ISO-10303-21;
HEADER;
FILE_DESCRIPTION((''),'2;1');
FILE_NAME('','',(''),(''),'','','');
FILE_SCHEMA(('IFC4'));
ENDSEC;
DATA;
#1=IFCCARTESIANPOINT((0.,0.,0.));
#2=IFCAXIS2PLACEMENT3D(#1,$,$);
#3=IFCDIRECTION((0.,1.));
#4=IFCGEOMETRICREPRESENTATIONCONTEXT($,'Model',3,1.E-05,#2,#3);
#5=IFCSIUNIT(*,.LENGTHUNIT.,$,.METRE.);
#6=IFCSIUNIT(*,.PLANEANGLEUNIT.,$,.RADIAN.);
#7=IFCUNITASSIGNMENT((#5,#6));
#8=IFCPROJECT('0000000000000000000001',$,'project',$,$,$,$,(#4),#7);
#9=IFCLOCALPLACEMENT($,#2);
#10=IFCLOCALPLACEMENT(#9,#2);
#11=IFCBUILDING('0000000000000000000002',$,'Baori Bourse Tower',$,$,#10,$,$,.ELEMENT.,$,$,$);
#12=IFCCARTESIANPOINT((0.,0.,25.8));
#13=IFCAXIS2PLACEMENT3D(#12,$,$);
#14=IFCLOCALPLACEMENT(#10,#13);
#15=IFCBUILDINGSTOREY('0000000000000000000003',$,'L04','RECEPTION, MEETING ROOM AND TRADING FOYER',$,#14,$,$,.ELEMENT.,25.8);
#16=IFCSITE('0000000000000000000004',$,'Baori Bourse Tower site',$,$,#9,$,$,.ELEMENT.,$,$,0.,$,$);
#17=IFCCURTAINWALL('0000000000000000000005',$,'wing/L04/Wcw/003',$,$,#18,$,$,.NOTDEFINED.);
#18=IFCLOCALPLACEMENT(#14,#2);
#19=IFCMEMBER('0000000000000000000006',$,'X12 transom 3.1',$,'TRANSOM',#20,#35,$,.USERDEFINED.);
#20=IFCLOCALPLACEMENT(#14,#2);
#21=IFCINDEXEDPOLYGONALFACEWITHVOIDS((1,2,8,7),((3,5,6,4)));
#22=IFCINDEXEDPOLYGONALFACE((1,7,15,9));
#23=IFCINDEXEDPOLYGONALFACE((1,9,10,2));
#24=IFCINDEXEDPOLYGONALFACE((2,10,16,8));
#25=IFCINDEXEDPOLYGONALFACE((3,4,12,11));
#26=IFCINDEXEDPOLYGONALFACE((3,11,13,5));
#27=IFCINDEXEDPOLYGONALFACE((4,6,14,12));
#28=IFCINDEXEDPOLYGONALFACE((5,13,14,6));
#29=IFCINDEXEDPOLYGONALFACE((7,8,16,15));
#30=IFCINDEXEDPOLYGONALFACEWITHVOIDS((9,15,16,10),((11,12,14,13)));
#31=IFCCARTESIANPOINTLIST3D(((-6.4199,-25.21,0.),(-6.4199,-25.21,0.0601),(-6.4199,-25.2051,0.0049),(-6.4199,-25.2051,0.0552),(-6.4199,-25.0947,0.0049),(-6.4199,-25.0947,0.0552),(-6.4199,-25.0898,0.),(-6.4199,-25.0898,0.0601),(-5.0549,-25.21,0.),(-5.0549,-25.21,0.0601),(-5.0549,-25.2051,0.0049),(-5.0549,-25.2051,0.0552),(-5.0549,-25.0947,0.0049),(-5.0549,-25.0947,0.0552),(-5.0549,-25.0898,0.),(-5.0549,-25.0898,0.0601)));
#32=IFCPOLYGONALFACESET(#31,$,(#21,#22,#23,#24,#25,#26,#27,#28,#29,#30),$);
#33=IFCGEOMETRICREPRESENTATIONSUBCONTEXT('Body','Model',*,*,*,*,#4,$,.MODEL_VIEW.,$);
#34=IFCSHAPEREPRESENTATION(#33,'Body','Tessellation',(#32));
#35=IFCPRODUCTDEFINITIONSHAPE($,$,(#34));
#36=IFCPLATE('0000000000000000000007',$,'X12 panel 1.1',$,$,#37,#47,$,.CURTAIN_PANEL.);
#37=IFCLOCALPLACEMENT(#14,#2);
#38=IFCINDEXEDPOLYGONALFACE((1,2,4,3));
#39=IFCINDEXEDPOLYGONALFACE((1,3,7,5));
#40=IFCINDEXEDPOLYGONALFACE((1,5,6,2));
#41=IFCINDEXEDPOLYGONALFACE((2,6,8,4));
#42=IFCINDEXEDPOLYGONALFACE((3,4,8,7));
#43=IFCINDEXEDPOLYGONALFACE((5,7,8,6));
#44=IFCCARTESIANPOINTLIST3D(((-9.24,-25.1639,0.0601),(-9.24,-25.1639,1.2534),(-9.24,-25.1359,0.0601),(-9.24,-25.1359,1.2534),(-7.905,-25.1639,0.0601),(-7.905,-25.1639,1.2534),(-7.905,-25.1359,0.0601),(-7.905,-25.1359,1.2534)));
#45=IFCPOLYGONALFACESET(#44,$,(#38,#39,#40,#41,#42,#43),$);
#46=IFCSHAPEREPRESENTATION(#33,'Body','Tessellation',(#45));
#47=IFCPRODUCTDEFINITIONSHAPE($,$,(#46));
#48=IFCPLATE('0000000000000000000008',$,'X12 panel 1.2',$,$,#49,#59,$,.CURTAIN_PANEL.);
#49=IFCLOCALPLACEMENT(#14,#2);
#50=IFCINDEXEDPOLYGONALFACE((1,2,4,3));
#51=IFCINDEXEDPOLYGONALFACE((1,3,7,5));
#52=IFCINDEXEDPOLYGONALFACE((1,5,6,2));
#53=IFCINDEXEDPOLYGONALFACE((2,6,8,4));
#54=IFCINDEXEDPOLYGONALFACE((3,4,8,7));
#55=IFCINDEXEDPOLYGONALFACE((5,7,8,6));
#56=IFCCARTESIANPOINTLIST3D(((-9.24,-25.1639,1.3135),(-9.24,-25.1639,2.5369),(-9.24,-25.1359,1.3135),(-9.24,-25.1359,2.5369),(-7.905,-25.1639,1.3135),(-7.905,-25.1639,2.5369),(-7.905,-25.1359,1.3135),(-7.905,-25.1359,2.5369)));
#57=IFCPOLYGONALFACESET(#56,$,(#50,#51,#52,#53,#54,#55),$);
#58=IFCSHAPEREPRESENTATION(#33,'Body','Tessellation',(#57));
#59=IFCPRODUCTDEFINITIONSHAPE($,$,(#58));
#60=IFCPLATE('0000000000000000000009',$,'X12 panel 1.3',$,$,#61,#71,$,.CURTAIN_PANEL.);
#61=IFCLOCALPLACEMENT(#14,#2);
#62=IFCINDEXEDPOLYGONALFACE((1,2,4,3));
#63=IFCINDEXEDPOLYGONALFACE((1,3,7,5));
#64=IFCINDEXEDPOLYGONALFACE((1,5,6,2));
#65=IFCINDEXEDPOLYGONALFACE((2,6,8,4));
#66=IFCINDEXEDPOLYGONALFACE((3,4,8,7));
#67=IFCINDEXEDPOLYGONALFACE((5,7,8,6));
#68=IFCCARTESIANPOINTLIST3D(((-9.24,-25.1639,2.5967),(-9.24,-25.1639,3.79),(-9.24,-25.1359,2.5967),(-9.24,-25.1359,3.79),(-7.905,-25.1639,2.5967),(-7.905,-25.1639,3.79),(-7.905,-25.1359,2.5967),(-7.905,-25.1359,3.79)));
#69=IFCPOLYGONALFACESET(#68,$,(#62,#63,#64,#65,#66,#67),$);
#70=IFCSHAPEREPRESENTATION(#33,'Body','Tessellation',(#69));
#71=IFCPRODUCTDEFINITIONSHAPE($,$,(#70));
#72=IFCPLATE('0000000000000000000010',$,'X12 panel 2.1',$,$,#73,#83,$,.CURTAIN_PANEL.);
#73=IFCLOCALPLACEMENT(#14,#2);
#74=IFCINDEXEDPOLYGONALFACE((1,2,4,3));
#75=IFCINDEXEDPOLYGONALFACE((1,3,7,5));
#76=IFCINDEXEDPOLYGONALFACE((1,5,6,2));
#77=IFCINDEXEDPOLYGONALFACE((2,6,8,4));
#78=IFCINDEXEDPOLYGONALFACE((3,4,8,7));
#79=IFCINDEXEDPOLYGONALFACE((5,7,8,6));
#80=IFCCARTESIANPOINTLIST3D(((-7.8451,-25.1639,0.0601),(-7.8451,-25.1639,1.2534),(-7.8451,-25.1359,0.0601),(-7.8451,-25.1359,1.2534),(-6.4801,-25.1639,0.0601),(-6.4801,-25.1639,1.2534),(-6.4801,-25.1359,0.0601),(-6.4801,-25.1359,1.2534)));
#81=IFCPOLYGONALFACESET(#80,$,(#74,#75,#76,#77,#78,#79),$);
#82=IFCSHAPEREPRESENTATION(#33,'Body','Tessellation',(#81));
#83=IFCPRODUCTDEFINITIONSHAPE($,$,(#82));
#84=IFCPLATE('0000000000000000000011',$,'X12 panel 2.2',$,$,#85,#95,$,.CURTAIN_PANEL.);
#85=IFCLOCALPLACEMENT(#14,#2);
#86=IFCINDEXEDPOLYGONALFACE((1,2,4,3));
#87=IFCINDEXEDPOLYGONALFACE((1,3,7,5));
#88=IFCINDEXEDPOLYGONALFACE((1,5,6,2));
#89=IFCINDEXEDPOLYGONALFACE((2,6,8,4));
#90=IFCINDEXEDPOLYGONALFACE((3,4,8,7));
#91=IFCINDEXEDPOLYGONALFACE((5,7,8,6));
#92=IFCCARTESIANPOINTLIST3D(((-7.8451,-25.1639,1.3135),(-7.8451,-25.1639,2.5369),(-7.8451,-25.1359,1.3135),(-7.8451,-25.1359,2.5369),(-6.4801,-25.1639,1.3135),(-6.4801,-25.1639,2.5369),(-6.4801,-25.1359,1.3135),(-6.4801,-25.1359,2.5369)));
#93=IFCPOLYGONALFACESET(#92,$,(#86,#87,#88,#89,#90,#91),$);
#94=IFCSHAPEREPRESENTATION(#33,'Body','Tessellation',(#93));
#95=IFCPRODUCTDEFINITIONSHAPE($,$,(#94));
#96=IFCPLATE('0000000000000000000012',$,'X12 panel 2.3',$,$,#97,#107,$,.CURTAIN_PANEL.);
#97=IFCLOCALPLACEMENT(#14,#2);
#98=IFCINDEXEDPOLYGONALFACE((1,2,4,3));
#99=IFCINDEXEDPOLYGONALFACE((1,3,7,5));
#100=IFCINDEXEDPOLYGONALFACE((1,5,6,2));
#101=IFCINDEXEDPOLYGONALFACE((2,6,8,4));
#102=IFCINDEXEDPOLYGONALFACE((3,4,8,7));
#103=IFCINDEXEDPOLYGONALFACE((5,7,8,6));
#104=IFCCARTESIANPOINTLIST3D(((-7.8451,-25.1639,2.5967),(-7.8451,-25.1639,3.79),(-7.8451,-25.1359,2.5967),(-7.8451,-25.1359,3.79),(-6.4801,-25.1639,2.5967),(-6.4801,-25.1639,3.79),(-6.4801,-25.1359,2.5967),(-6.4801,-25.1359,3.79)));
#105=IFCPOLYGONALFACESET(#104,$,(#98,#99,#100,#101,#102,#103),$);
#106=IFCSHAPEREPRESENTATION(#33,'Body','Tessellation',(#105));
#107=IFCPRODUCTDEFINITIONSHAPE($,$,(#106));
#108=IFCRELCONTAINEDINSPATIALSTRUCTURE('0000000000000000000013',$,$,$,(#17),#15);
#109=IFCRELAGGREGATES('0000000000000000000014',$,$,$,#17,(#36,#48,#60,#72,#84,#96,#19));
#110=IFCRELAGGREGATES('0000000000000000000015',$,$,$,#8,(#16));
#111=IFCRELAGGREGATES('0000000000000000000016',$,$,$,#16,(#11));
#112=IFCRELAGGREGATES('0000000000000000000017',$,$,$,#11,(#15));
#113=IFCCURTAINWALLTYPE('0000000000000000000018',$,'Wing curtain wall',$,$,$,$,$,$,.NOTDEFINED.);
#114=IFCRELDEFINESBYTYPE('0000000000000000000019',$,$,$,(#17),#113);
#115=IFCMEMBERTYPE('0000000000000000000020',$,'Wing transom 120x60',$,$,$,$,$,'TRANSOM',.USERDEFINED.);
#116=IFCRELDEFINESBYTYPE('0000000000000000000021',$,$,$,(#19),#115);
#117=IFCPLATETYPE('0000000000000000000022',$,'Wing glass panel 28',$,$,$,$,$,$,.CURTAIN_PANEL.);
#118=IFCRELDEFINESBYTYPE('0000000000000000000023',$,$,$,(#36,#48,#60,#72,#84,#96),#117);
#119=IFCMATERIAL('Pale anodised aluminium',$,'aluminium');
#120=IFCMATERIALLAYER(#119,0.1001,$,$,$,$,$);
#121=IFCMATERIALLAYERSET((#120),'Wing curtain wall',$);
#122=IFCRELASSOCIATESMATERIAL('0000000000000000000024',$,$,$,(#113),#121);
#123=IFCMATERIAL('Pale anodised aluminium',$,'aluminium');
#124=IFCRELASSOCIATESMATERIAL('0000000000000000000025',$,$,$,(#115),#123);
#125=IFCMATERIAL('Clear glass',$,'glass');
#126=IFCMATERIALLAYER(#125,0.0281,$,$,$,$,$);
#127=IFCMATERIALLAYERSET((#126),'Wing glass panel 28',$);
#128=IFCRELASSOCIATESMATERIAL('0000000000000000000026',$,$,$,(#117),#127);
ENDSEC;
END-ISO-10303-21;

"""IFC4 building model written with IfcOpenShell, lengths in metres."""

from ifc_helpers import new_model, si_unit, direction, frame, origin, origin_2d, place, context, subcontext, project, spatial, rectangle, hollow_rectangle, extrude, material, layer, layer_set, material_profile, profile_set, type_object, element, aggregate, save


model = new_model("IFC4")

# Units and contexts
model_context = context("Model", 3, precision=1e-05, world=origin(), true_north=direction((0.0, 1.0)))
body_context = subcontext(model_context, "Body", "Model", "MODEL_VIEW")
ifc_project = project(units=[si_unit("LENGTHUNIT", "METRE"), si_unit("PLANEANGLEUNIT", "RADIAN")], contexts=[model_context])

# Site, building, storey
site_placement = place(None, origin())
site = spatial("IfcSite", under=ifc_project, at=site_placement, Name="Baori Bourse Tower site", CompositionType="ELEMENT", RefElevation=0.0)
building_placement = place(site_placement, origin())
building = spatial("IfcBuilding", under=site, at=building_placement, Name="Baori Bourse Tower", CompositionType="ELEMENT")
storey_placement = place(building_placement, frame((0.0, 0.0, 25.8)))
storey = spatial("IfcBuildingStorey", under=building, at=storey_placement, Name="L04", Description="RECEPTION, MEETING ROOM AND TRADING FOYER", CompositionType="ELEMENT", Elevation=25.8)

# Curtain wall, member, plates
ifc_material_1 = material(Name="Pale anodised aluminium", Category="aluminium")
ifc_layer_1 = layer(ifc_material_1, 0.1001)
ifc_layer_set_1 = layer_set([ifc_layer_1], Name="Wing curtain wall")
curtain_wall_type = type_object("IfcCurtainWallType", Name="Wing curtain wall", PredefinedType="NOTDEFINED", material=ifc_layer_set_1)
curtain_wall_placement = place(storey_placement, origin())
curtain_wall = element("IfcCurtainWall", 1, at=curtain_wall_placement, inside=storey, type_object=curtain_wall_type, Name="wing/L04/Wcw/003", PredefinedType="NOTDEFINED")
ifc_material_2 = material(Name="Pale anodised aluminium", Category="aluminium")
ifc_material_profile_1 = material_profile(ifc_material_2, hollow_rectangle(XDim=0.1201, YDim=0.0601, WallThickness=0.0049, at=origin_2d()), Name="Transom 120x60x5")
ifc_profile_set_1 = profile_set([ifc_material_profile_1], Name="Pale anodised aluminium")
member_type_1 = type_object("IfcMemberType", Name="Wing transom 120x60", ElementType="TRANSOM", PredefinedType="USERDEFINED", material=ifc_profile_set_1)
member_1_placement = place(storey_placement, frame((-6.4199, -25.1499, 0.03), z_axis=(1.0, 0.0, 0.0), x_axis=(0.0, 1.0, 0.0)))
member_1 = element("IfcMember", 2, at=member_1_placement, type_object=member_type_1, Name="X12 transom 3.1", ObjectType="TRANSOM", PredefinedType="USERDEFINED", context=body_context, shape_type="SweptSolid", body=[
    extrude(hollow_rectangle(XDim=0.1201, YDim=0.0601, WallThickness=0.0049, at=origin_2d()), origin(), (0.0, 0.0, 1.0), 1.365),
])
ifc_material_3 = material(Name="Clear glass", Category="glass")
ifc_layer_2 = layer(ifc_material_3, 0.0281)
ifc_layer_set_2 = layer_set([ifc_layer_2], Name="Wing glass panel 28")
plate_type = type_object("IfcPlateType", Name="Wing glass panel 28", PredefinedType="CURTAIN_PANEL", material=ifc_layer_set_2)
plate_1_placement = place(storey_placement, frame((-8.5725, -25.1499, 0.0601), z_axis=(0.0, 0.0, 1.0), x_axis=(1.0, 0.0, 0.0)))
plate_1 = element("IfcPlate", 3, at=plate_1_placement, type_object=plate_type, Name="X12 panel 1.1", PredefinedType="CURTAIN_PANEL", context=body_context, shape_type="SweptSolid", body=[
    extrude(rectangle(XDim=1.335, YDim=0.0281, at=origin_2d()), origin(), (0.0, 0.0, 1.0), 1.1934),
])
plate_2_placement = place(storey_placement, frame((-8.5725, -25.1499, 1.3135), z_axis=(0.0, 0.0, 1.0), x_axis=(1.0, 0.0, 0.0)))
plate_2 = element("IfcPlate", 4, at=plate_2_placement, type_object=plate_type, Name="X12 panel 1.2", PredefinedType="CURTAIN_PANEL", context=body_context, shape_type="SweptSolid", body=[
    extrude(rectangle(XDim=1.335, YDim=0.0281, at=origin_2d()), origin(), (0.0, 0.0, 1.0), 1.2234),
])
plate_3_placement = place(storey_placement, frame((-8.5725, -25.1499, 2.5967), z_axis=(0.0, 0.0, 1.0), x_axis=(1.0, 0.0, 0.0)))
plate_3 = element("IfcPlate", 5, at=plate_3_placement, type_object=plate_type, Name="X12 panel 1.3", PredefinedType="CURTAIN_PANEL", context=body_context, shape_type="SweptSolid", body=[
    extrude(rectangle(XDim=1.335, YDim=0.0281, at=origin_2d()), origin(), (0.0, 0.0, 1.0), 1.1934),
])
plate_4_placement = place(storey_placement, frame((-7.1626, -25.1499, 0.0601), z_axis=(0.0, 0.0, 1.0), x_axis=(1.0, 0.0, 0.0)))
plate_4 = element("IfcPlate", 6, at=plate_4_placement, type_object=plate_type, Name="X12 panel 2.1", PredefinedType="CURTAIN_PANEL", context=body_context, shape_type="SweptSolid", body=[
    extrude(rectangle(XDim=1.365, YDim=0.0281, at=origin_2d()), origin(), (0.0, 0.0, 1.0), 1.1934),
])
plate_5_placement = place(storey_placement, frame((-7.1626, -25.1499, 1.3135), z_axis=(0.0, 0.0, 1.0), x_axis=(1.0, 0.0, 0.0)))
plate_5 = element("IfcPlate", 7, at=plate_5_placement, type_object=plate_type, Name="X12 panel 2.2", PredefinedType="CURTAIN_PANEL", context=body_context, shape_type="SweptSolid", body=[
    extrude(rectangle(XDim=1.365, YDim=0.0281, at=origin_2d()), origin(), (0.0, 0.0, 1.0), 1.2234),
])
plate_6_placement = place(storey_placement, frame((-7.1626, -25.1499, 2.5967), z_axis=(0.0, 0.0, 1.0), x_axis=(1.0, 0.0, 0.0)))
plate_6 = element("IfcPlate", 8, at=plate_6_placement, type_object=plate_type, Name="X12 panel 2.3", PredefinedType="CURTAIN_PANEL", context=body_context, shape_type="SweptSolid", body=[
    extrude(rectangle(XDim=1.365, YDim=0.0281, at=origin_2d()), origin(), (0.0, 0.0, 1.0), 1.1934),
])
aggregate(curtain_wall, [plate_1, plate_2, plate_3, plate_4, plate_5, plate_6, member_1])

save(model, "model.ifc")
